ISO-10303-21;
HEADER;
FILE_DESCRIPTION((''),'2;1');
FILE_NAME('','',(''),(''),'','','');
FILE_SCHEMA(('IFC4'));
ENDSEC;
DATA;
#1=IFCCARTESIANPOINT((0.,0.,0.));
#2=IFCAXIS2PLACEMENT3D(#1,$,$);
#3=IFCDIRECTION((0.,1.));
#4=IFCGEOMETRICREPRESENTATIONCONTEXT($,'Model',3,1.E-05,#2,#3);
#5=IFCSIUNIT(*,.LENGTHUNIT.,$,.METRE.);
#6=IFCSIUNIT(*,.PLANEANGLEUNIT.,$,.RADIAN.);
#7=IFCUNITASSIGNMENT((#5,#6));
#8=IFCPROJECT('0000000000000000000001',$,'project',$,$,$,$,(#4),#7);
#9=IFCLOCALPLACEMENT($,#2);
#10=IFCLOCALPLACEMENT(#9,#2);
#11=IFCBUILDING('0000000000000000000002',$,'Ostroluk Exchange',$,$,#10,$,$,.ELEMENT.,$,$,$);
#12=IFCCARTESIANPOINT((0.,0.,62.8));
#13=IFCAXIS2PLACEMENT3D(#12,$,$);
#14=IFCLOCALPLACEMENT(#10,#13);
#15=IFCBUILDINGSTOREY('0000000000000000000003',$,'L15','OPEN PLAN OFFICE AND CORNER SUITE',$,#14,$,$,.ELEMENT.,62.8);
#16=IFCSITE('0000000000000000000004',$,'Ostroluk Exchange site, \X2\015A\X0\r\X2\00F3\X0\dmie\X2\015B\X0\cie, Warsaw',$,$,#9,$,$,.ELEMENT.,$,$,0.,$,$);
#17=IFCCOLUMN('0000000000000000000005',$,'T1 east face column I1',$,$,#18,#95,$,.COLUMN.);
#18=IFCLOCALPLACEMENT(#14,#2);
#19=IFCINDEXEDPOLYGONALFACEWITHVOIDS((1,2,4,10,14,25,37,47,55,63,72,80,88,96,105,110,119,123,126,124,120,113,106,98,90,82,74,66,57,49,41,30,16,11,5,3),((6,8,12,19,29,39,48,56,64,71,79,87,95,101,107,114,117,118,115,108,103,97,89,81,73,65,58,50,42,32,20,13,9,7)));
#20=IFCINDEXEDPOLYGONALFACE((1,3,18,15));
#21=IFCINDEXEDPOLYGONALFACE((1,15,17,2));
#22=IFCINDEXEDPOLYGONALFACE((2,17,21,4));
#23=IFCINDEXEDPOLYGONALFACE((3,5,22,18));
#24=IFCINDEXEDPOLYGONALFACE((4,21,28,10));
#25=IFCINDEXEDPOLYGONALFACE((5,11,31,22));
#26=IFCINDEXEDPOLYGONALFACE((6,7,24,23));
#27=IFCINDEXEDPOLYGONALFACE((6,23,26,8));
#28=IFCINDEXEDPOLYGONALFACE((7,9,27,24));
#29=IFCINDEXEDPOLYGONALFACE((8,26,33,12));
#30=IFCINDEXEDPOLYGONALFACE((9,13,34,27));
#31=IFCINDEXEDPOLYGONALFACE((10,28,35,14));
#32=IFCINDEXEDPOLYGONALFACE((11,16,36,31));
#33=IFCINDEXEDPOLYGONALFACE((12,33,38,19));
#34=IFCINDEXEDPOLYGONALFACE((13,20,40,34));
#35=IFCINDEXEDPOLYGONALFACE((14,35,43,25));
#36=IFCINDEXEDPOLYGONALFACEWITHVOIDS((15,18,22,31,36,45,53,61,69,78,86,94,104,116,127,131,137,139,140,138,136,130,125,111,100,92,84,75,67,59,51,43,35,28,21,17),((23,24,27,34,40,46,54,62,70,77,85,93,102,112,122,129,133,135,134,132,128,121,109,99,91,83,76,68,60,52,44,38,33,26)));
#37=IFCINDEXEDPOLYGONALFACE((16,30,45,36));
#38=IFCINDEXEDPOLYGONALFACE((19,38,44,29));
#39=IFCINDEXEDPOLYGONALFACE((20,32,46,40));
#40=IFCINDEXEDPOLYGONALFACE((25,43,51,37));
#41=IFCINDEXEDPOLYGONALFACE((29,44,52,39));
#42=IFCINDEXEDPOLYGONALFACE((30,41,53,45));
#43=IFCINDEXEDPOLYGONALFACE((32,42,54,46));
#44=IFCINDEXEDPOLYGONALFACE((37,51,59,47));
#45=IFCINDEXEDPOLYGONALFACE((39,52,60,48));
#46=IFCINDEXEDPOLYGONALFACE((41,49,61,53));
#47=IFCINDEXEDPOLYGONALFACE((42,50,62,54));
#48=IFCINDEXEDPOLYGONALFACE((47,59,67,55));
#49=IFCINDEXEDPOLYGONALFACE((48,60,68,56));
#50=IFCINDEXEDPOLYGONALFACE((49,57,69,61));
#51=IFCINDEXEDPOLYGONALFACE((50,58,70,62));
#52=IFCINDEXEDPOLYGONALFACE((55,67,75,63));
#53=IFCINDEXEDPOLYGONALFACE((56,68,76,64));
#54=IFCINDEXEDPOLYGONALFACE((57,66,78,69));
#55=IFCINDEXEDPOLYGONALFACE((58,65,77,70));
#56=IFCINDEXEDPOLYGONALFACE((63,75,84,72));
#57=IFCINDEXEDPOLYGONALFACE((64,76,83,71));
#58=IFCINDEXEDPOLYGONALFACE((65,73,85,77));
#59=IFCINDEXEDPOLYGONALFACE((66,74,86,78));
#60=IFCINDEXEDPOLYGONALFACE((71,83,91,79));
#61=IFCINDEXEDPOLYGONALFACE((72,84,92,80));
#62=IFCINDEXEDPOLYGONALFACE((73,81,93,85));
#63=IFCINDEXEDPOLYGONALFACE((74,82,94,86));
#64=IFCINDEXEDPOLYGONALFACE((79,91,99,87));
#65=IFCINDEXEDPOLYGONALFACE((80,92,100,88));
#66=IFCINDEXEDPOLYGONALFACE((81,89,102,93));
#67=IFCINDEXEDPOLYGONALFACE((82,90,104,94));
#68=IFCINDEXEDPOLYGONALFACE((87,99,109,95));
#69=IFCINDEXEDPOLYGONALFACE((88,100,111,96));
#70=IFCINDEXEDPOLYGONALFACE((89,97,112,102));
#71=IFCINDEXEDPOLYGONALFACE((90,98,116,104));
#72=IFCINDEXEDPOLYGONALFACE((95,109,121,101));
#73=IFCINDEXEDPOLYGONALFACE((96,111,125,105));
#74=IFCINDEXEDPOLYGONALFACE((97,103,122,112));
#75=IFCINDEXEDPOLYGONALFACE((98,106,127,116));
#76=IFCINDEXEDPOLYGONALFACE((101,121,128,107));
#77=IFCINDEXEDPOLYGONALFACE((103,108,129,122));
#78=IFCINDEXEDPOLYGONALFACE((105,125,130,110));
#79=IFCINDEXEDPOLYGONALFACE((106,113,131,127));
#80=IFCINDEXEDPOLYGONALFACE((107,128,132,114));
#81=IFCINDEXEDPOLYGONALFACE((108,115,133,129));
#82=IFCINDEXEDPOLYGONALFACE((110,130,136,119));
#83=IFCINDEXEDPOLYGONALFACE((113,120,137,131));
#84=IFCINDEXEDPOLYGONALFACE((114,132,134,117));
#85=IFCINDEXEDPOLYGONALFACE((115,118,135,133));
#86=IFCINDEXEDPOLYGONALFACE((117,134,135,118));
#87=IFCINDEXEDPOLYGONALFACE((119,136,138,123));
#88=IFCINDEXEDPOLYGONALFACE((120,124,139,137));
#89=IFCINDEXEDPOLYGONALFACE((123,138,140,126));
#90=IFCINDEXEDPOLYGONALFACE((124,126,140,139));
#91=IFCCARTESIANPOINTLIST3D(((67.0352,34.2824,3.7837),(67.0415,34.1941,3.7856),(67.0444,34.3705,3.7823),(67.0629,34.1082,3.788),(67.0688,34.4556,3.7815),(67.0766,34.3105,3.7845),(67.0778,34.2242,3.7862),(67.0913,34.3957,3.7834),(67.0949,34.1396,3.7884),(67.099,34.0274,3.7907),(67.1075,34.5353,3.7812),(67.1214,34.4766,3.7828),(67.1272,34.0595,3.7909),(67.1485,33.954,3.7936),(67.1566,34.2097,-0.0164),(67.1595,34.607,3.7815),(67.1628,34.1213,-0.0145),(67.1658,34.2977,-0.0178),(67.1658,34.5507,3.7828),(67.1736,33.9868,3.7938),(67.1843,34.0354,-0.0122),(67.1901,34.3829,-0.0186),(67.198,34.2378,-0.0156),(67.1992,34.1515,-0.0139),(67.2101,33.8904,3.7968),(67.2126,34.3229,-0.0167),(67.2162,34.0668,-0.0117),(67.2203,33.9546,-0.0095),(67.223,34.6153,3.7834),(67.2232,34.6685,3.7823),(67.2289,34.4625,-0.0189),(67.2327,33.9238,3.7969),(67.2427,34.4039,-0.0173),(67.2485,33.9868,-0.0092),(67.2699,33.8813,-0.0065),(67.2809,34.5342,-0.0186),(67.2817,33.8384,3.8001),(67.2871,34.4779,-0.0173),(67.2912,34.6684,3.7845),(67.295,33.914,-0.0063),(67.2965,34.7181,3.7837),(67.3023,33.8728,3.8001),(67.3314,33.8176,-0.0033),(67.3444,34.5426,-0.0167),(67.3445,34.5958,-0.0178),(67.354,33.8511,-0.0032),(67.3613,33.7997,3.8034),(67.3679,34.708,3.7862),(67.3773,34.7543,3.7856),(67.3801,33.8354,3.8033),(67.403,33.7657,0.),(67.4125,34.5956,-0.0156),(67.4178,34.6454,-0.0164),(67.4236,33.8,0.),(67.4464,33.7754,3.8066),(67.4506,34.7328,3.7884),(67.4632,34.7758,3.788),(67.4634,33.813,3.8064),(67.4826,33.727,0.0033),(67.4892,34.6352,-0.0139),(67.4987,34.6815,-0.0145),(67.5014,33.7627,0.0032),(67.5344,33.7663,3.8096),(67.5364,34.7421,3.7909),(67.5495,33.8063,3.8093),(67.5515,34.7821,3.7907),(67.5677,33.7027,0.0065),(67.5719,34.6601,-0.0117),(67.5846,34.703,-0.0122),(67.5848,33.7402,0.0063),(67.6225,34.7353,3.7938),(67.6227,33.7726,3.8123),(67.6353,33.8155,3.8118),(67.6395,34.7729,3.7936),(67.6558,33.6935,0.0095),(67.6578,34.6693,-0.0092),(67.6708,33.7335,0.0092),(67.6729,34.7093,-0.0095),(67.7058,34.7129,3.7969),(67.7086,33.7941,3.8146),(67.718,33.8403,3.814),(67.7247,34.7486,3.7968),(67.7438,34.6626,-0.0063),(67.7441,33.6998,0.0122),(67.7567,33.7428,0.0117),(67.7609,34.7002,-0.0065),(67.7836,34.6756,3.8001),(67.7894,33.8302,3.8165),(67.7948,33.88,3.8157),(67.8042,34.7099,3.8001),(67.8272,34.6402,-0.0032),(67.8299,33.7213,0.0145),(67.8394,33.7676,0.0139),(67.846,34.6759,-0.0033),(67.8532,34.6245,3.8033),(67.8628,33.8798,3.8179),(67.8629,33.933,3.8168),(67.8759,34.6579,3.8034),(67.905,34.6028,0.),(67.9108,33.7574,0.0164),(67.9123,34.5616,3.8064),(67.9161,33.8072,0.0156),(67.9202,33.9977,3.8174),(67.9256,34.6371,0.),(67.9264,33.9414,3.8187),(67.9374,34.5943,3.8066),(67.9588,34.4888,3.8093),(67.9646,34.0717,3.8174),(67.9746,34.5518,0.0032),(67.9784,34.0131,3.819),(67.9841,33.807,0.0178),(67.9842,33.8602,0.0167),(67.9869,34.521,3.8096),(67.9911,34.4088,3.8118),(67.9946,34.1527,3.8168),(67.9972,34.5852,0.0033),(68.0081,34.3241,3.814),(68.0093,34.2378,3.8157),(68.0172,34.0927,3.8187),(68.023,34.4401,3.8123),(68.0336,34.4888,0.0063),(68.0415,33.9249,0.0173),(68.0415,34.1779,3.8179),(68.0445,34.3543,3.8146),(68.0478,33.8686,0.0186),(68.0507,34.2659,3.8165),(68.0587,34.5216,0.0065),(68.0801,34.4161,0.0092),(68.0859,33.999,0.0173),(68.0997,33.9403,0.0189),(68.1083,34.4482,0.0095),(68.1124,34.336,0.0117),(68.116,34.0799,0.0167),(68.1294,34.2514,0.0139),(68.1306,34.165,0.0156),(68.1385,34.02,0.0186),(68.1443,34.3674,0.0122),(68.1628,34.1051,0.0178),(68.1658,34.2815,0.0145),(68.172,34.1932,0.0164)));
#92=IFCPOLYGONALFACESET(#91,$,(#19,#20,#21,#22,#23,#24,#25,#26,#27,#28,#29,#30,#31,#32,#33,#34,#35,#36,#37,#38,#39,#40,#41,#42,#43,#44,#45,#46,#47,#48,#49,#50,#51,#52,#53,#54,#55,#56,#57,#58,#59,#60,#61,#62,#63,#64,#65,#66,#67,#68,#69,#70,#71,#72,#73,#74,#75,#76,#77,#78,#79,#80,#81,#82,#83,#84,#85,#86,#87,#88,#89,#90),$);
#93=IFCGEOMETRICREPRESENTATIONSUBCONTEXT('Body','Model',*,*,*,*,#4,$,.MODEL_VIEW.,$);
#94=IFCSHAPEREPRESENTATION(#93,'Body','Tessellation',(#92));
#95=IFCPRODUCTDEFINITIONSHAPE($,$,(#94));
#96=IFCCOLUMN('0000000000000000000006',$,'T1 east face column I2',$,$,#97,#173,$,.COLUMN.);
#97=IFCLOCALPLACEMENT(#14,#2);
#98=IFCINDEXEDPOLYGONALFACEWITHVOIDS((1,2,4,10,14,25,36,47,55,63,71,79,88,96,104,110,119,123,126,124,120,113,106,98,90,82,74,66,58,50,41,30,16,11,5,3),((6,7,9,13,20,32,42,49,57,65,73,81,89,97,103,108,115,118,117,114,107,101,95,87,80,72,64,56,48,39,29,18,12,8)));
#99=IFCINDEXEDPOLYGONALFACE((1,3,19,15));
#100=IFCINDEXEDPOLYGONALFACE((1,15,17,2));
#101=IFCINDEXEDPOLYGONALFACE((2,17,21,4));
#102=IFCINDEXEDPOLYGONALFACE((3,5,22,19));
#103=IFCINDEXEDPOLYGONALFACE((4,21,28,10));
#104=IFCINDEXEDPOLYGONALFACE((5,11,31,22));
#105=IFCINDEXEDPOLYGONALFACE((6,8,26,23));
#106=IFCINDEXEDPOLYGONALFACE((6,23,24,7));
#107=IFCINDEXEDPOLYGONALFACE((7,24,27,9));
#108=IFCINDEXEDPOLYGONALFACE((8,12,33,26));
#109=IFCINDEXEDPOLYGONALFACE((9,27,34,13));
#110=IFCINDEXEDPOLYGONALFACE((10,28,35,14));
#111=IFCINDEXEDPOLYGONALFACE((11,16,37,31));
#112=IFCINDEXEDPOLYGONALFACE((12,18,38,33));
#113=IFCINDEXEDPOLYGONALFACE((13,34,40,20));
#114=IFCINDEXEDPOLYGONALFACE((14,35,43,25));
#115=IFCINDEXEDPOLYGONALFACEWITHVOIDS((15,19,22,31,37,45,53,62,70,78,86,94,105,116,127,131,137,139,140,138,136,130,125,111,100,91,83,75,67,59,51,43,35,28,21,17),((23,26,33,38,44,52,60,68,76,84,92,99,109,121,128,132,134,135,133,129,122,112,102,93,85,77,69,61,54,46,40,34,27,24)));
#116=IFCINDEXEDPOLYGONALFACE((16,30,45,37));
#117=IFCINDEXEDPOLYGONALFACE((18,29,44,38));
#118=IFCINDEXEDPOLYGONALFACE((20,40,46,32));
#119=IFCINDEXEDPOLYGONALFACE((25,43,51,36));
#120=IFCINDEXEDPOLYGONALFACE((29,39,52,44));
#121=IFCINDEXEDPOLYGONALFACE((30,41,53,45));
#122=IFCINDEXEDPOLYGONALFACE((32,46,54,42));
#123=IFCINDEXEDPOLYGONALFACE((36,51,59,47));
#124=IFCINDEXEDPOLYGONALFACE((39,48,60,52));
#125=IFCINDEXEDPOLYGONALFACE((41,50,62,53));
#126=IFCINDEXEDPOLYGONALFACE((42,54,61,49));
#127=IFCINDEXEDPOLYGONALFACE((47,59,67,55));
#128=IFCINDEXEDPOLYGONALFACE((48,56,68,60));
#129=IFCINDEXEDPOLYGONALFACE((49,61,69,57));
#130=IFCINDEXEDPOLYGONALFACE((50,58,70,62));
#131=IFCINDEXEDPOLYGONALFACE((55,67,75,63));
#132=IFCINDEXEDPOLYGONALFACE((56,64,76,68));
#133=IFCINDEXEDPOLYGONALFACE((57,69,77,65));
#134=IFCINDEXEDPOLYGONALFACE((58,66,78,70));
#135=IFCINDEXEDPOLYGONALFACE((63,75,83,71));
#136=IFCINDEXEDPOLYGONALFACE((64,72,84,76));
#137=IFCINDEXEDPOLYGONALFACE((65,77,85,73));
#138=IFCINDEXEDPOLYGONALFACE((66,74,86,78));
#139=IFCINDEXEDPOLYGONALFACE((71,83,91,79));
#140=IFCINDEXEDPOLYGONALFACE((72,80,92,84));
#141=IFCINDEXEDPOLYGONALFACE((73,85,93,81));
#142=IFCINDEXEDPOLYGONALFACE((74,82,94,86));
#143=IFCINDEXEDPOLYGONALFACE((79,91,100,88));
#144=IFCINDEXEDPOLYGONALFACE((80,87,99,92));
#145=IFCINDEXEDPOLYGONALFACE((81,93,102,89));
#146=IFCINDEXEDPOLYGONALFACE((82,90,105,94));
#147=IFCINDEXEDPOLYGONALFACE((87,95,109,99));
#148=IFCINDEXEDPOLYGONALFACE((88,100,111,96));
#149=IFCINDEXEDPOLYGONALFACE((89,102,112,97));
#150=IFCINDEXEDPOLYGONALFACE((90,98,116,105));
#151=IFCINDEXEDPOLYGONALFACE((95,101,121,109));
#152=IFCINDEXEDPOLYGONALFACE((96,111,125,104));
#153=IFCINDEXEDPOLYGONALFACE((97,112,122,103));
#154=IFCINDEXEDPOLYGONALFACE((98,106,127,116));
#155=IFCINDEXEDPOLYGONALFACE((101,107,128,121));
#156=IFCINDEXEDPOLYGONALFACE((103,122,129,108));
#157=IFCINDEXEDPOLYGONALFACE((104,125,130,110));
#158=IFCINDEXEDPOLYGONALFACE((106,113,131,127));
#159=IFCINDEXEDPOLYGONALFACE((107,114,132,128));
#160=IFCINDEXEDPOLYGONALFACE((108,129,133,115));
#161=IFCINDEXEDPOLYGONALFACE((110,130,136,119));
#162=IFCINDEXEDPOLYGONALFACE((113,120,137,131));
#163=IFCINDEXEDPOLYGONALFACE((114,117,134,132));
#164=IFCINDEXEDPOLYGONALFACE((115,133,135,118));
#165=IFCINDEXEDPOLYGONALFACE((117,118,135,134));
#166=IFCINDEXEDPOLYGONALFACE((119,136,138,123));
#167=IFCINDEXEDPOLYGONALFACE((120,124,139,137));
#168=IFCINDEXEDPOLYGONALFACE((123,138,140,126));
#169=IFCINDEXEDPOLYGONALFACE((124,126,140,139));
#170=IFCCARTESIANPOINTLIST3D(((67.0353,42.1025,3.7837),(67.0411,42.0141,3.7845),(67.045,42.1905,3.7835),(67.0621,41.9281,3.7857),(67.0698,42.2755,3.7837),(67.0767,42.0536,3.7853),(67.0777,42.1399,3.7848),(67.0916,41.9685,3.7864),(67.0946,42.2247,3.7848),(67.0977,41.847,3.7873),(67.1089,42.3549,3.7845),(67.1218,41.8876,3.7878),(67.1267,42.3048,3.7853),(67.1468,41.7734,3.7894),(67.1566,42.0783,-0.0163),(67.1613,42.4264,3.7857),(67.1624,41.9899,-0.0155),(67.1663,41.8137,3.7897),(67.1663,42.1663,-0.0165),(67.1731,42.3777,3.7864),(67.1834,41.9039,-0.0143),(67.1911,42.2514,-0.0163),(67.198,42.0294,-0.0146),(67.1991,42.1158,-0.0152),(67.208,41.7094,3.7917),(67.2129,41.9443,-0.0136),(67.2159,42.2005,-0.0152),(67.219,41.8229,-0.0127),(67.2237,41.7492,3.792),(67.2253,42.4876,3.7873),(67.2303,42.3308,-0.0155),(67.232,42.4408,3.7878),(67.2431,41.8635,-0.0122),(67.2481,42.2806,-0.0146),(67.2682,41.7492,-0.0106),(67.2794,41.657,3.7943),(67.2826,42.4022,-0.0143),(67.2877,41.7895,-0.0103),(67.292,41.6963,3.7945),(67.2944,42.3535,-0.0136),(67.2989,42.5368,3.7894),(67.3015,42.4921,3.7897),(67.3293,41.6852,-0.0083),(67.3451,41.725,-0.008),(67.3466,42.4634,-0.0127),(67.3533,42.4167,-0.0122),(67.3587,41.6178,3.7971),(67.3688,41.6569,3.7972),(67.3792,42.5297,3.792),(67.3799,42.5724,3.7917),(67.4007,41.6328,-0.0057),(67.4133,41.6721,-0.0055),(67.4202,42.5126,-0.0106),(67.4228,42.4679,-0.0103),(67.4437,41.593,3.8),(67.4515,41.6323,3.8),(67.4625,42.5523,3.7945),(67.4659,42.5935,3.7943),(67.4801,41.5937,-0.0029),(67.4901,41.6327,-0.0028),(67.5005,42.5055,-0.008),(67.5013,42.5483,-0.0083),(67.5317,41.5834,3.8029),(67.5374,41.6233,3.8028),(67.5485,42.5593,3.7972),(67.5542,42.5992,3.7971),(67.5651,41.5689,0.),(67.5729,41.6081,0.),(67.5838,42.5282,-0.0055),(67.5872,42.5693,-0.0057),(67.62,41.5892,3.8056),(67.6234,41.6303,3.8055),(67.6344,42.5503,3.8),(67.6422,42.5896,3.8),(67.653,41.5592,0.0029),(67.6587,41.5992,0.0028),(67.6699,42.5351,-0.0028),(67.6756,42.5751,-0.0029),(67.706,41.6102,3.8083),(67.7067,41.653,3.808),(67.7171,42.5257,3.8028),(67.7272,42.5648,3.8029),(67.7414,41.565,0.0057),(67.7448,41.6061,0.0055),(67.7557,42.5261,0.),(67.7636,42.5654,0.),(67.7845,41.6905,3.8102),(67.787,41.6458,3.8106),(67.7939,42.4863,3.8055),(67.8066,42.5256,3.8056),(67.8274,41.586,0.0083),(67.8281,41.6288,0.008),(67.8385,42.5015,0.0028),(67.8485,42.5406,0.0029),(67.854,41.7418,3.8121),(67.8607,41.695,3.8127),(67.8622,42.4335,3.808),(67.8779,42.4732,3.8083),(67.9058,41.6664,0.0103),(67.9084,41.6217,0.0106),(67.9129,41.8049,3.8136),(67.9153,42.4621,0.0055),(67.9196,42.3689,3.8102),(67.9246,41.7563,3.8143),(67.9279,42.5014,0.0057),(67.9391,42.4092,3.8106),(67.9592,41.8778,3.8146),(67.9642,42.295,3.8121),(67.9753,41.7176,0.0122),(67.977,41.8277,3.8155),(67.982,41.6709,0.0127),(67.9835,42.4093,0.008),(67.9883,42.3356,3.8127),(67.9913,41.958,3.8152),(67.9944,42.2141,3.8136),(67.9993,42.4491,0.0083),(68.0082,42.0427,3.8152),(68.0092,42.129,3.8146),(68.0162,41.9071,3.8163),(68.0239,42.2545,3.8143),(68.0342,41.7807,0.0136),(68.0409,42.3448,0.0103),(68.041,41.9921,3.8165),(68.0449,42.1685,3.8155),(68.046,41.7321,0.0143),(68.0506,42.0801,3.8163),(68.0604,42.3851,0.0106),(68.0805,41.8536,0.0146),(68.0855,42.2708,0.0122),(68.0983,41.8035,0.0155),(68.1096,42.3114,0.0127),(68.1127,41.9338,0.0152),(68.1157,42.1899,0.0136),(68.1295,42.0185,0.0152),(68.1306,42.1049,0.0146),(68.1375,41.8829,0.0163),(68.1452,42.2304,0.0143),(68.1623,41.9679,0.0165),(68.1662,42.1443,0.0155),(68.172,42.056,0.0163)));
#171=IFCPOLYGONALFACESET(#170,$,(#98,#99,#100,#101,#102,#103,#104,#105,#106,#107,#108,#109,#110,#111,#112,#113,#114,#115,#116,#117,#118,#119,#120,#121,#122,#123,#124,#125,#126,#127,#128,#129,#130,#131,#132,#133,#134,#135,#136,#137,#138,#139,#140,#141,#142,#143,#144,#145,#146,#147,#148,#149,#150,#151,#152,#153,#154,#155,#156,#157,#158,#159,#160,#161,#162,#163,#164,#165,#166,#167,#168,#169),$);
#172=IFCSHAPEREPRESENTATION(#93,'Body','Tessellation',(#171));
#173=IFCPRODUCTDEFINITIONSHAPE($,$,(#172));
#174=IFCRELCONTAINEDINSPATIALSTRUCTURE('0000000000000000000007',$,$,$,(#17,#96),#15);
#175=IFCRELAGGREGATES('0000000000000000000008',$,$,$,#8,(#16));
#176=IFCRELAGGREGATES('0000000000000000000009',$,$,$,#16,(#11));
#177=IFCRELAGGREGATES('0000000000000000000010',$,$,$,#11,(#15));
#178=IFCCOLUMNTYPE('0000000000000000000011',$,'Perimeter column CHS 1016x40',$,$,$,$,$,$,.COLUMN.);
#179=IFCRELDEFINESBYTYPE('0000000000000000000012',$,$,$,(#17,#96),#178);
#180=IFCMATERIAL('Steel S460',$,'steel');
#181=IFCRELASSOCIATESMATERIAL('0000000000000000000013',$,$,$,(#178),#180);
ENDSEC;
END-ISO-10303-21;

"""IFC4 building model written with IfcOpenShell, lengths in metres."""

from ifc_helpers import new_model, si_unit, direction, frame, origin, origin_2d, place, context, subcontext, project, spatial, hollow_circle, extrude, material, material_profile, profile_set, type_object, element, save


model = new_model("IFC4")

# Units and contexts
model_context = context("Model", 3, precision=1e-05, world=origin(), true_north=direction((0.0, 1.0)))
body_context = subcontext(model_context, "Body", "Model", "MODEL_VIEW")
ifc_project = project(units=[si_unit("LENGTHUNIT", "METRE"), si_unit("PLANEANGLEUNIT", "RADIAN")], contexts=[model_context])

# Site, building, storey
site_placement = place(None, origin())
site = spatial("IfcSite", under=ifc_project, at=site_placement, Name="Ostroluk Exchange site, Śródmieście, Warsaw", CompositionType="ELEMENT", RefElevation=0.0)
building_placement = place(site_placement, origin())
building = spatial("IfcBuilding", under=site, at=building_placement, Name="Ostroluk Exchange", CompositionType="ELEMENT")
storey_placement = place(building_placement, frame((0.0, 0.0, 62.8)))
storey = spatial("IfcBuildingStorey", under=building, at=storey_placement, Name="L15", Description="OPEN PLAN OFFICE AND CORNER SUITE", CompositionType="ELEMENT", Elevation=62.8)

# Columns
ifc_material_1 = material(Name="Steel S460", Category="steel")
ifc_material_profile_1 = material_profile(ifc_material_1, hollow_circle(Radius=0.5081, WallThickness=0.04, at=origin_2d()), Name="CHS 1016x40")
ifc_profile_set_1 = profile_set([ifc_material_profile_1], Name="Steel S460")
column_type = type_object("IfcColumnType", Name="Perimeter column CHS 1016x40", PredefinedType="COLUMN", material=ifc_profile_set_1)
column_1_placement = place(storey_placement, frame((67.6643, 34.2014, 0.0), z_axis=(-0.031909, 0.019132, 0.999308), x_axis=(-0.514242, -0.857645, 0.0)))
element("IfcColumn", 1, at=column_1_placement, inside=storey, type_object=column_type, Name="T1 east face column I1", PredefinedType="COLUMN", context=body_context, shape_type="SweptSolid", body=[
    extrude(hollow_circle(Radius=0.5081, WallThickness=0.04, at=origin_2d()), origin(), (0.0, 0.0, 1.0), 3.8027),
])
column_2_placement = place(storey_placement, frame((67.6643, 42.0671, 0.0), z_axis=(-0.031914, 0.006357, 0.99947), x_axis=(-0.195357, -0.980732, 0.0)))
element("IfcColumn", 2, at=column_2_placement, inside=storey, type_object=column_type, Name="T1 east face column I2", PredefinedType="COLUMN", context=body_context, shape_type="SweptSolid", body=[
    extrude(hollow_circle(Radius=0.5081, WallThickness=0.04, at=origin_2d()), origin(), (0.0, 0.0, 1.0), 3.802),
])

save(model, "model.ifc")
